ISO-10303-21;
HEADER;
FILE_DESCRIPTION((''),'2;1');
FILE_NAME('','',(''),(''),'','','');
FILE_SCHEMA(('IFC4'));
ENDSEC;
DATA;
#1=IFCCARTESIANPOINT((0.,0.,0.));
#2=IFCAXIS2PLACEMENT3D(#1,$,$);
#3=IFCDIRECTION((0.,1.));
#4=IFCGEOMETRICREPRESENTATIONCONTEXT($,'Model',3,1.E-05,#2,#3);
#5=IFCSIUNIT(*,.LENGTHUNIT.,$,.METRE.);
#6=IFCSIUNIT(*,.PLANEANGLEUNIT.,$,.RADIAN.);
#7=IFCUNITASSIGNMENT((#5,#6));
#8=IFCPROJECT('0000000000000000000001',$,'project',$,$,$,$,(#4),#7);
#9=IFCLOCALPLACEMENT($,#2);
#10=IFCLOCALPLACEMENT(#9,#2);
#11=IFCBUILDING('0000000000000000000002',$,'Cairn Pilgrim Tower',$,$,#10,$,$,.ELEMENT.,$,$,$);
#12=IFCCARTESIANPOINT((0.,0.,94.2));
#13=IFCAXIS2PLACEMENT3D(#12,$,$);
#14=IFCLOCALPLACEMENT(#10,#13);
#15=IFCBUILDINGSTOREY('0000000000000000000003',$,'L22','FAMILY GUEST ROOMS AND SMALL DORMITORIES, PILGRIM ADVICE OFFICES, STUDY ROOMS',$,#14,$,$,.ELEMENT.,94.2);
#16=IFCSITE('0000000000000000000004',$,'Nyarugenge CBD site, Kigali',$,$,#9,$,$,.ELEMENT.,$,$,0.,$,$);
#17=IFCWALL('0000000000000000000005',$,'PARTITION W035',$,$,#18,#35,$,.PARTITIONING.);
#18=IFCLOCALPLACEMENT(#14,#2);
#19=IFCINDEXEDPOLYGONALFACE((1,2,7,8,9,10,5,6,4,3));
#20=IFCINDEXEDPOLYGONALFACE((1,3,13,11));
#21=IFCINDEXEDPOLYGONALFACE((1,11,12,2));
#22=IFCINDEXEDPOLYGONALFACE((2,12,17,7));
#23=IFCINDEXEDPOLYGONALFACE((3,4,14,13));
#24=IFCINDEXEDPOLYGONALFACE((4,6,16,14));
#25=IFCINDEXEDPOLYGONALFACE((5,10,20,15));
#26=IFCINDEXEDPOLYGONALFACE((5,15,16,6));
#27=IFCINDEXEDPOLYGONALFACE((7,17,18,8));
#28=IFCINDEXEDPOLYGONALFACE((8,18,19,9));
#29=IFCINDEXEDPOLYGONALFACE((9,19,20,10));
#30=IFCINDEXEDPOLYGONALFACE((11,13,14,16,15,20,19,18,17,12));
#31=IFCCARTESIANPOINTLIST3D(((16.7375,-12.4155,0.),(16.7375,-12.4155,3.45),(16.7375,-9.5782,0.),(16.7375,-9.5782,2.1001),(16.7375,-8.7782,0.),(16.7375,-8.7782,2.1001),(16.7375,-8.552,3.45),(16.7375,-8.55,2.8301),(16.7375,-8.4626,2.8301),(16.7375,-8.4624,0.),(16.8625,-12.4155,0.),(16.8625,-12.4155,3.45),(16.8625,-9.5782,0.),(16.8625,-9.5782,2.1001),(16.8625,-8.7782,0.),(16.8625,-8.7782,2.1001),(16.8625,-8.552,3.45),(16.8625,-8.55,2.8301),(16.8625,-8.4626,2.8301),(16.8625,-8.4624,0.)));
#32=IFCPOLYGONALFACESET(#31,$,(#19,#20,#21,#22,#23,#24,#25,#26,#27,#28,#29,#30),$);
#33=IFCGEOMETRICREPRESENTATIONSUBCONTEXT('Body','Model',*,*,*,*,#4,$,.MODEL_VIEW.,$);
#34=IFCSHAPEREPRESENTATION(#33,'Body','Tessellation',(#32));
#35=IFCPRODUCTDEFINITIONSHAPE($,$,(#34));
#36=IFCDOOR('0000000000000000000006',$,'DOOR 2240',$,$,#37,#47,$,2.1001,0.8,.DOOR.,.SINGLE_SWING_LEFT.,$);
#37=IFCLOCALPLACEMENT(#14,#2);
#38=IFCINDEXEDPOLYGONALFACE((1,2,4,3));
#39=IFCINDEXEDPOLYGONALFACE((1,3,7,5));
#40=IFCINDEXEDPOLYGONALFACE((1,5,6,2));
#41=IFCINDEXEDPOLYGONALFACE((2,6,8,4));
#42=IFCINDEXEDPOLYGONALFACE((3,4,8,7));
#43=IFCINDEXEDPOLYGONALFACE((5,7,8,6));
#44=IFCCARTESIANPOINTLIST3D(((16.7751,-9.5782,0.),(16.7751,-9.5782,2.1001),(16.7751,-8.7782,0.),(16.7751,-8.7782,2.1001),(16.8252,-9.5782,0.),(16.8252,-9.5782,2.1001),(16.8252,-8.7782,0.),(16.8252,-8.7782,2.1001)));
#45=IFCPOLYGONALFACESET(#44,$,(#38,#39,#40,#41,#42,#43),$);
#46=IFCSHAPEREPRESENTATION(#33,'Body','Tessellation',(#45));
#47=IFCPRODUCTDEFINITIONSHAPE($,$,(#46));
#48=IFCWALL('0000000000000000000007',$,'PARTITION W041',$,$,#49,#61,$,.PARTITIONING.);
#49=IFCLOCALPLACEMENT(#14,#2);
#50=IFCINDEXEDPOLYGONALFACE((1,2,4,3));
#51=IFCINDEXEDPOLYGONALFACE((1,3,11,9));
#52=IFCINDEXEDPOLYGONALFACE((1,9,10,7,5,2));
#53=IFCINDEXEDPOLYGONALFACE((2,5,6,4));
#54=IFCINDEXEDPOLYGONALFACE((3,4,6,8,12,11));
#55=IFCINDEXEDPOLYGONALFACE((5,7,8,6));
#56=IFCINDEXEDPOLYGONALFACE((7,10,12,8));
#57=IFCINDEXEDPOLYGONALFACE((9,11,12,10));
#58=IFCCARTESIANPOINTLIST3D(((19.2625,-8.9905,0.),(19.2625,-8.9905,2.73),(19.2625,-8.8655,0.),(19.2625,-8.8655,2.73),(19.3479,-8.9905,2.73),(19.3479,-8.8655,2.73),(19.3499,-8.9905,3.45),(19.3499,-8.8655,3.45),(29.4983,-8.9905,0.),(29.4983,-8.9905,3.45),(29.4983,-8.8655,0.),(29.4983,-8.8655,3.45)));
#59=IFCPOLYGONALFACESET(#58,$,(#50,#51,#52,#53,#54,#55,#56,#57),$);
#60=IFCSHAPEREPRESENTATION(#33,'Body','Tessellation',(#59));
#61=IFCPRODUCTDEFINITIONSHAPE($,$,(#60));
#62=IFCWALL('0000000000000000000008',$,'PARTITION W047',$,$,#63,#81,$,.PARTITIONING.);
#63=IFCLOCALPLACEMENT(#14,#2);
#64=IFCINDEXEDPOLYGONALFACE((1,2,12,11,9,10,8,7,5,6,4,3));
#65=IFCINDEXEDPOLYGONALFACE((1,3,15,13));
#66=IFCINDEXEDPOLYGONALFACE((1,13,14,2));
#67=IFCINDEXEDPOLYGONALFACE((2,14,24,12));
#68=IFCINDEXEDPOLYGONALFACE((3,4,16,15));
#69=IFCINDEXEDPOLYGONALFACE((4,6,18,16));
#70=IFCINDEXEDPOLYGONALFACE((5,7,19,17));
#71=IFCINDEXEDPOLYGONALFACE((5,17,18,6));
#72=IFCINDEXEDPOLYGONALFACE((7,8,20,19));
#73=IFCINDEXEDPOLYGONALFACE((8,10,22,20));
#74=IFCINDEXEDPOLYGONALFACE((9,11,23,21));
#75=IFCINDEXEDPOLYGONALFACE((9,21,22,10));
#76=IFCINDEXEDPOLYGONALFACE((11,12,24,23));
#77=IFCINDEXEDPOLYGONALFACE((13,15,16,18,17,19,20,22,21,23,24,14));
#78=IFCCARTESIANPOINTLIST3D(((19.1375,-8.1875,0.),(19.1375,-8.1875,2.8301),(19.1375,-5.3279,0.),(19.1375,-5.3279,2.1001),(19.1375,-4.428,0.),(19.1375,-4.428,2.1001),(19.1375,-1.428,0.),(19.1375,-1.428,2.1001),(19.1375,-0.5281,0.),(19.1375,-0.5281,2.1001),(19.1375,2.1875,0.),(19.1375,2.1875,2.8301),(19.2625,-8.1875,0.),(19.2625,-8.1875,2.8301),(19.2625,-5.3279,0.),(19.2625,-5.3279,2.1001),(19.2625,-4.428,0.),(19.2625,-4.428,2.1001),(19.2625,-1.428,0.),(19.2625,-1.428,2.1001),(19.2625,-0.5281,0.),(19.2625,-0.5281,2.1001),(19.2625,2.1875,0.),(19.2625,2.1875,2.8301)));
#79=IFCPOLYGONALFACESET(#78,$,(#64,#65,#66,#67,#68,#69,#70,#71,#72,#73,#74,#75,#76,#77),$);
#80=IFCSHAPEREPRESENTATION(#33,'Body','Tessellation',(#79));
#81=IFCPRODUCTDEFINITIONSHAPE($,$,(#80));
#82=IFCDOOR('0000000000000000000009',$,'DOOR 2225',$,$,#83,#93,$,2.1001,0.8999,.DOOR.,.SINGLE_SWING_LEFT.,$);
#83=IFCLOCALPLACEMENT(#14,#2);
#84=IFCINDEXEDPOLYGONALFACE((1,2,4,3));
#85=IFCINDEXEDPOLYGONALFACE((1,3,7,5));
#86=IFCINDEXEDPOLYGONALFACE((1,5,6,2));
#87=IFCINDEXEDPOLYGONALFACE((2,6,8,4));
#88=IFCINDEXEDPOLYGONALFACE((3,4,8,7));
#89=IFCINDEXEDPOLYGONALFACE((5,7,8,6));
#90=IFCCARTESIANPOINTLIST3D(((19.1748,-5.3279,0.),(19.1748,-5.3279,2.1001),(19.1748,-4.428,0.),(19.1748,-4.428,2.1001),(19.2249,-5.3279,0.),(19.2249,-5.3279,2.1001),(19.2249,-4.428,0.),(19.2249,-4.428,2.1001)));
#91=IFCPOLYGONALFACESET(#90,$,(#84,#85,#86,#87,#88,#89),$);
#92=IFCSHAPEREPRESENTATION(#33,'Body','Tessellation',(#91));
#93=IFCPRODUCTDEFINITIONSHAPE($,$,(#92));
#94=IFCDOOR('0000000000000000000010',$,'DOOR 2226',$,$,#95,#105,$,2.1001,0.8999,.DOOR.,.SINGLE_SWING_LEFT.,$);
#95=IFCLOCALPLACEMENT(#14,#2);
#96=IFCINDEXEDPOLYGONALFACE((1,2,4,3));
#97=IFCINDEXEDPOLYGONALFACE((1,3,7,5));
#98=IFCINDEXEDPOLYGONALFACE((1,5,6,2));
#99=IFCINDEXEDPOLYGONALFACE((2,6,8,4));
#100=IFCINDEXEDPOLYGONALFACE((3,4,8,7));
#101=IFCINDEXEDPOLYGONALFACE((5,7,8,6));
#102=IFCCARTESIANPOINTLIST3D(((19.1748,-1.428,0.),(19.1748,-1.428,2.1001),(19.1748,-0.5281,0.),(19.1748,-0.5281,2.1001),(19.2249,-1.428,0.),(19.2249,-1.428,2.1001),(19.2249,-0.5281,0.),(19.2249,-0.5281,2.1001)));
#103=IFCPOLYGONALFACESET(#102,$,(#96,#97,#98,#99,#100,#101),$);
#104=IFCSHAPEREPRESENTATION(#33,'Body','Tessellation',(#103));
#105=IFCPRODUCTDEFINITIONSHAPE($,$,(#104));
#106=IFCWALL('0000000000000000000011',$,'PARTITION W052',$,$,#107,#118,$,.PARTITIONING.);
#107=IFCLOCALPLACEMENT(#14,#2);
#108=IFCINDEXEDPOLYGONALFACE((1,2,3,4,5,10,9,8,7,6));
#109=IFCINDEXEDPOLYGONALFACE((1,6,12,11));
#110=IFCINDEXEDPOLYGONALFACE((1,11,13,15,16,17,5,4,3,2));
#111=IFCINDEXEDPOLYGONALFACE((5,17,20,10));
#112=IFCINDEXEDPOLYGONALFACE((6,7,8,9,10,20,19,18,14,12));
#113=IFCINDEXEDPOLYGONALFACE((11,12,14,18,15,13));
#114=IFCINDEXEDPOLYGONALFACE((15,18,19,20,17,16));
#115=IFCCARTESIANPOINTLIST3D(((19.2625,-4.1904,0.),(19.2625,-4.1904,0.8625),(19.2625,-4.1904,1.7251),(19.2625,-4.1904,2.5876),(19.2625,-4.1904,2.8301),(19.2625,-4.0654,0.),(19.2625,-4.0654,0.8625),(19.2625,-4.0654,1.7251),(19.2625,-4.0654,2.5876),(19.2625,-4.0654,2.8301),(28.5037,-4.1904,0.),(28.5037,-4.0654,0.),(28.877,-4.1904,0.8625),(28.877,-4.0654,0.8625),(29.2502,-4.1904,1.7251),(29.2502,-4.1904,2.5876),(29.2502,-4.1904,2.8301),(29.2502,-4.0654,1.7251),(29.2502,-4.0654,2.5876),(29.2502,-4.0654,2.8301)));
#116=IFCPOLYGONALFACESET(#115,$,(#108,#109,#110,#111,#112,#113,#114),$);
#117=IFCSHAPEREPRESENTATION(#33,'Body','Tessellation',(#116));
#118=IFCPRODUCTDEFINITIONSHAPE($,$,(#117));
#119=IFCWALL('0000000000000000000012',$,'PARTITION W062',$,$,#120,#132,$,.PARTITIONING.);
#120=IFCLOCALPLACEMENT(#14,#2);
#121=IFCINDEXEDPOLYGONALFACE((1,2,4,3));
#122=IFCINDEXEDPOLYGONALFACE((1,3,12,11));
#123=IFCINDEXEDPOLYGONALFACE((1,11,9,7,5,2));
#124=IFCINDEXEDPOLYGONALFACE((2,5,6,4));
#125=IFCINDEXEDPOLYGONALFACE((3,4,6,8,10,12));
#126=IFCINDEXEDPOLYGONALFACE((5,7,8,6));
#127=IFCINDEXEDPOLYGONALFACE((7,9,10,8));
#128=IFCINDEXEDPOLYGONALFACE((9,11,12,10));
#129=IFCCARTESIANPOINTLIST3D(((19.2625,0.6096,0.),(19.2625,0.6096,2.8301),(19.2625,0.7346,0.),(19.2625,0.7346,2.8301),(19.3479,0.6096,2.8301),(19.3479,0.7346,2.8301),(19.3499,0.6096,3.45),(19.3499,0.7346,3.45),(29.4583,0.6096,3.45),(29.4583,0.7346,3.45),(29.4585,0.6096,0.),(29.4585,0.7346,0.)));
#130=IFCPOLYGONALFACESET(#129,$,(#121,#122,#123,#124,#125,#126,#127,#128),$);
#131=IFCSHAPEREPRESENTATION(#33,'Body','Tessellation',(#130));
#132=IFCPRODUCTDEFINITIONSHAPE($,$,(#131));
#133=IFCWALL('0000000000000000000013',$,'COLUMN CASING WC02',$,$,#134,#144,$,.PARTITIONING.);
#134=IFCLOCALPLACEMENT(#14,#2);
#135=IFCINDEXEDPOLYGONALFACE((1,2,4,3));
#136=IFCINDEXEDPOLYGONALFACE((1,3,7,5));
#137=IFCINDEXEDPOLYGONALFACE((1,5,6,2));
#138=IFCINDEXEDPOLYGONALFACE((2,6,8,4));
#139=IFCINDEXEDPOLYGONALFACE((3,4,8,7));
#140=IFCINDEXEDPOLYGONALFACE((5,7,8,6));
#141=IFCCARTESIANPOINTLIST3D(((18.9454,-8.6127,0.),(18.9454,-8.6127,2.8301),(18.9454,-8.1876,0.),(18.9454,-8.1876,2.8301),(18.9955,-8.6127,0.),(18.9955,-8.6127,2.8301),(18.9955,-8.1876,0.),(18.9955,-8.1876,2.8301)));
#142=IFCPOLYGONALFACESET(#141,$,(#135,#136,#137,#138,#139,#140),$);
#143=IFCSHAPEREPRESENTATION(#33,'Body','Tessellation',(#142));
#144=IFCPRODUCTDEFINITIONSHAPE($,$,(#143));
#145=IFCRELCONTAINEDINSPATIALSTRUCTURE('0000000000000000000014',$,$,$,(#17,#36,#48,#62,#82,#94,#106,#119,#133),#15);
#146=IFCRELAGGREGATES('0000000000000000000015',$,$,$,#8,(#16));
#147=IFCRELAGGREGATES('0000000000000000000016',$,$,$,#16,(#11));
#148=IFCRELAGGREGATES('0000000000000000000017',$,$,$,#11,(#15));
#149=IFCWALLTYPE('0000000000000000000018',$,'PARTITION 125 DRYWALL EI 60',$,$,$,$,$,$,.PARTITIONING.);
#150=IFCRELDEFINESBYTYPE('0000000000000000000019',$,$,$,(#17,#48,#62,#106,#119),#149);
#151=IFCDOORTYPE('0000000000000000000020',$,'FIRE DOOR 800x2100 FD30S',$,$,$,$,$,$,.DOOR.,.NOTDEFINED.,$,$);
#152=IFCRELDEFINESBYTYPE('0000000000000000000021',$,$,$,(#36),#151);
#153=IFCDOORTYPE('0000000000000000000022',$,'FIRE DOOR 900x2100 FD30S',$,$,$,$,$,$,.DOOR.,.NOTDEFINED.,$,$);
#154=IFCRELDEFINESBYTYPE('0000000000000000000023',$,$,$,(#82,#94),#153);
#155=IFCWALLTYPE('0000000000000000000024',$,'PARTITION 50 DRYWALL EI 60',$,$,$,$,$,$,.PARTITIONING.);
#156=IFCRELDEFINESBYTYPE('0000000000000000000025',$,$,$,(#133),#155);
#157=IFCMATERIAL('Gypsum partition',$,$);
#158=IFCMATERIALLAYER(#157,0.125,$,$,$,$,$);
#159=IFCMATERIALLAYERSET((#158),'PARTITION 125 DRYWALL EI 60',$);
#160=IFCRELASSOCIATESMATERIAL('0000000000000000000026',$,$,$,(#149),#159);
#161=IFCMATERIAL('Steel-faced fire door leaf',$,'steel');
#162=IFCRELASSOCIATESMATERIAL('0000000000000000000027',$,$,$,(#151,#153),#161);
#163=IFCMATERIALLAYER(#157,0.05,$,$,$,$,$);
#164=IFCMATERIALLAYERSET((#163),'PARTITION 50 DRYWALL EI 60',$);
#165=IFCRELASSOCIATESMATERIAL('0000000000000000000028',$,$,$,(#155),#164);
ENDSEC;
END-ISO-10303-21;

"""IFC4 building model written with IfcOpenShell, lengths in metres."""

from ifc_helpers import new_model, si_unit, direction, frame, frame_2d, origin, place, context, subcontext, project, spatial, polyline, rectangle, outline, extrude, material, layer, layer_set, type_object, element, fill, save


model = new_model("IFC4")

# Units and contexts
model_context = context("Model", 3, precision=1e-05, world=origin(), true_north=direction((0.0, 1.0)))
body_context = subcontext(model_context, "Body", "Model", "MODEL_VIEW")
ifc_project = project(units=[si_unit("LENGTHUNIT", "METRE"), si_unit("PLANEANGLEUNIT", "RADIAN")], contexts=[model_context])

# Site, building, storey
site_placement = place(None, origin())
site = spatial("IfcSite", under=ifc_project, at=site_placement, Name="Nyarugenge CBD site, Kigali", CompositionType="ELEMENT", RefElevation=0.0)
building_placement = place(site_placement, origin())
building = spatial("IfcBuilding", under=site, at=building_placement, Name="Cairn Pilgrim Tower", CompositionType="ELEMENT")
storey_placement = place(building_placement, frame((0.0, 0.0, 94.2)))
storey = spatial("IfcBuildingStorey", under=building, at=storey_placement, Name="L22", Description="FAMILY GUEST ROOMS AND SMALL DORMITORIES, PILGRIM ADVICE OFFICES, STUDY ROOMS", CompositionType="ELEMENT", Elevation=94.2)

# Wall, opening, door
ifc_material_1 = material(Name="Gypsum partition")
ifc_layer_1 = layer(ifc_material_1, 0.125)
ifc_layer_set_1 = layer_set([ifc_layer_1], Name="PARTITION 125 DRYWALL EI 60")
wall_type_1 = type_object("IfcWallType", Name="PARTITION 125 DRYWALL EI 60", PredefinedType="PARTITIONING", material=ifc_layer_set_1)
wall_1_placement = place(storey_placement, frame((16.8, -12.4155, 0.0), z_axis=(0.0, 0.0, 1.0), x_axis=(0.0, 1.0, 0.0)))
wall_1 = element("IfcWall", 1, at=wall_1_placement, inside=storey, type_object=wall_type_1, Name="PARTITION W035", PredefinedType="PARTITIONING", context=body_context, shape_type="SweptSolid", body=[
    extrude(outline(polyline([(0.0, 0.0), (3.9531, 0.0), (3.9529, 2.8301), (3.8655, 2.8301), (3.8635, 3.45), (0.0, 3.45), (0.0, 0.0)])), frame((0.0, 0.0625, 0.0), z_axis=(0.0, -1.0, 0.0), x_axis=(1.0, 0.0, 0.0)), (0.0, 0.0, 1.0), 0.125),
])
opening_1_placement = place(wall_1_placement, frame((2.8374, 0.0, 0.0)))
opening_1 = element("IfcOpeningElement", 2, at=opening_1_placement, cuts=wall_1, PredefinedType="OPENING", context=body_context, shape_type="SweptSolid", body=[
    extrude(rectangle(XDim=0.8, YDim=2.1001, at=frame_2d((0.3999, 1.05))), frame((0.0, 0.0725, 0.0), z_axis=(0.0, -1.0, 0.0), x_axis=(1.0, 0.0, 0.0)), (0.0, 0.0, 1.0), 0.145),
])
ifc_material_2 = material(Name="Steel-faced fire door leaf", Category="steel")
door_type_1 = type_object("IfcDoorType", Name="FIRE DOOR 800x2100 FD30S", OperationType="NOTDEFINED", PredefinedType="DOOR", material=ifc_material_2)
door_1_placement = place(opening_1_placement, origin())
door_1 = element("IfcDoor", 3, at=door_1_placement, inside=storey, type_object=door_type_1, Name="DOOR 2240", OperationType="SINGLE_SWING_LEFT", OverallHeight=2.1001, OverallWidth=0.8, PredefinedType="DOOR", context=body_context, shape_type="SweptSolid", body=[
    extrude(rectangle(XDim=0.8, YDim=2.1001, at=frame_2d((0.3999, 1.05))), frame((0.0, 0.0249, 0.0), z_axis=(0.0, -1.0, 0.0), x_axis=(1.0, 0.0, 0.0)), (0.0, 0.0, 1.0), 0.05),
])
fill(opening_1, door_1)

# Wall
wall_2_placement = place(storey_placement, frame((19.2625, -8.928, 0.0), z_axis=(0.0, 0.0, 1.0), x_axis=(1.0, 0.0, 0.0)))
element("IfcWall", 4, at=wall_2_placement, inside=storey, type_object=wall_type_1, Name="PARTITION W041", PredefinedType="PARTITIONING", context=body_context, shape_type="SweptSolid", body=[
    extrude(outline(polyline([(0.0, 0.0), (10.2358, 0.0), (10.2358, 3.45), (0.0874, 3.45), (0.0854, 2.73), (0.0, 2.73), (0.0, 0.0)])), frame((0.0, 0.0625, 0.0), z_axis=(0.0, -1.0, 0.0), x_axis=(1.0, 0.0, 0.0)), (0.0, 0.0, 1.0), 0.125),
])

# Wall, openings, doors
wall_3_placement = place(storey_placement, frame((19.2, -8.1875, 0.0), z_axis=(0.0, 0.0, 1.0), x_axis=(0.0, 1.0, 0.0)))
wall_3 = element("IfcWall", 5, at=wall_3_placement, inside=storey, type_object=wall_type_1, Name="PARTITION W047", PredefinedType="PARTITIONING", context=body_context, shape_type="SweptSolid", body=[
    extrude(rectangle(XDim=10.375, YDim=0.125, at=frame_2d((5.1875, 0.0))), origin(), (0.0, 0.0, 1.0), 2.8301),
])
opening_2_placement = place(wall_3_placement, frame((2.8596, 0.0, 0.0)))
opening_2 = element("IfcOpeningElement", 6, at=opening_2_placement, cuts=wall_3, PredefinedType="OPENING", context=body_context, shape_type="SweptSolid", body=[
    extrude(rectangle(XDim=0.8999, YDim=2.1001, at=frame_2d((0.45, 1.05))), frame((0.0, 0.0725, 0.0), z_axis=(0.0, -1.0, 0.0), x_axis=(1.0, 0.0, 0.0)), (0.0, 0.0, 1.0), 0.145),
])
opening_3_placement = place(wall_3_placement, frame((6.7595, 0.0, 0.0)))
opening_3 = element("IfcOpeningElement", 7, at=opening_3_placement, cuts=wall_3, PredefinedType="OPENING", context=body_context, shape_type="SweptSolid", body=[
    extrude(rectangle(XDim=0.8999, YDim=2.1001, at=frame_2d((0.45, 1.05))), frame((0.0, 0.0725, 0.0), z_axis=(0.0, -1.0, 0.0), x_axis=(1.0, 0.0, 0.0)), (0.0, 0.0, 1.0), 0.145),
])
door_type_2 = type_object("IfcDoorType", Name="FIRE DOOR 900x2100 FD30S", OperationType="NOTDEFINED", PredefinedType="DOOR", material=ifc_material_2)
door_2_placement = place(opening_2_placement, frame((0.8999, 0.0, 0.0), z_axis=(0.0, 0.0, 1.0), x_axis=(-1.0, 0.0, 0.0)))
door_2 = element("IfcDoor", 8, at=door_2_placement, inside=storey, type_object=door_type_2, Name="DOOR 2225", OperationType="SINGLE_SWING_LEFT", OverallHeight=2.1001, OverallWidth=0.8999, PredefinedType="DOOR", context=body_context, shape_type="SweptSolid", body=[
    extrude(rectangle(XDim=0.8999, YDim=2.1001, at=frame_2d((0.45, 1.05))), frame((0.0, 0.0249, 0.0), z_axis=(0.0, -1.0, 0.0), x_axis=(1.0, 0.0, 0.0)), (0.0, 0.0, 1.0), 0.05),
])
fill(opening_2, door_2)
door_3_placement = place(opening_3_placement, frame((0.8999, 0.0, 0.0), z_axis=(0.0, 0.0, 1.0), x_axis=(-1.0, 0.0, 0.0)))
door_3 = element("IfcDoor", 9, at=door_3_placement, inside=storey, type_object=door_type_2, Name="DOOR 2226", OperationType="SINGLE_SWING_LEFT", OverallHeight=2.1001, OverallWidth=0.8999, PredefinedType="DOOR", context=body_context, shape_type="SweptSolid", body=[
    extrude(rectangle(XDim=0.8999, YDim=2.1001, at=frame_2d((0.45, 1.05))), frame((0.0, 0.0249, 0.0), z_axis=(0.0, -1.0, 0.0), x_axis=(1.0, 0.0, 0.0)), (0.0, 0.0, 1.0), 0.05),
])
fill(opening_3, door_3)

# Walls
wall_4_placement = place(storey_placement, frame((19.2625, -4.1279, 0.0), z_axis=(0.0, 0.0, 1.0), x_axis=(1.0, 0.0, 0.0)))
element("IfcWall", 10, at=wall_4_placement, inside=storey, type_object=wall_type_1, Name="PARTITION W052", PredefinedType="PARTITIONING", context=body_context, shape_type="SweptSolid", body=[
    extrude(outline(polyline([(0.0, 0.0), (9.2412, 0.0), (9.6145, 0.8625), (9.9878, 1.7251), (9.9878, 2.5876), (9.9878, 2.8301), (0.0, 2.8301), (0.0, 2.5876), (0.0, 1.7251), (0.0, 0.8625), (0.0, 0.0)])), frame((0.0, 0.0625, 0.0), z_axis=(0.0, -1.0, 0.0), x_axis=(1.0, 0.0, 0.0)), (0.0, 0.0, 1.0), 0.125),
])
wall_5_placement = place(storey_placement, frame((19.2625, 0.6721, 0.0), z_axis=(0.0, 0.0, 1.0), x_axis=(1.0, 0.0, 0.0)))
element("IfcWall", 11, at=wall_5_placement, inside=storey, type_object=wall_type_1, Name="PARTITION W062", PredefinedType="PARTITIONING", context=body_context, shape_type="SweptSolid", body=[
    extrude(outline(polyline([(0.0, 0.0), (10.196, 0.0), (10.1958, 3.45), (0.0874, 3.45), (0.0854, 2.8301), (0.0, 2.8301), (0.0, 0.0)])), frame((0.0, 0.0625, 0.0), z_axis=(0.0, -1.0, 0.0), x_axis=(1.0, 0.0, 0.0)), (0.0, 0.0, 1.0), 0.125),
])
ifc_layer_2 = layer(ifc_material_1, 0.05)
ifc_layer_set_2 = layer_set([ifc_layer_2], Name="PARTITION 50 DRYWALL EI 60")
wall_type_2 = type_object("IfcWallType", Name="PARTITION 50 DRYWALL EI 60", PredefinedType="PARTITIONING", material=ifc_layer_set_2)
wall_6_placement = place(storey_placement, frame((18.9705, -8.6125, 0.0), z_axis=(0.0, 0.0, 1.0), x_axis=(0.0, 1.0, 0.0)))
element("IfcWall", 12, at=wall_6_placement, inside=storey, type_object=wall_type_2, Name="COLUMN CASING WC02", PredefinedType="PARTITIONING", context=body_context, shape_type="SweptSolid", body=[
    extrude(rectangle(XDim=0.425, YDim=0.05, at=frame_2d((0.2124, 0.0))), origin(), (0.0, 0.0, 1.0), 2.8301),
])

save(model, "model.ifc")
